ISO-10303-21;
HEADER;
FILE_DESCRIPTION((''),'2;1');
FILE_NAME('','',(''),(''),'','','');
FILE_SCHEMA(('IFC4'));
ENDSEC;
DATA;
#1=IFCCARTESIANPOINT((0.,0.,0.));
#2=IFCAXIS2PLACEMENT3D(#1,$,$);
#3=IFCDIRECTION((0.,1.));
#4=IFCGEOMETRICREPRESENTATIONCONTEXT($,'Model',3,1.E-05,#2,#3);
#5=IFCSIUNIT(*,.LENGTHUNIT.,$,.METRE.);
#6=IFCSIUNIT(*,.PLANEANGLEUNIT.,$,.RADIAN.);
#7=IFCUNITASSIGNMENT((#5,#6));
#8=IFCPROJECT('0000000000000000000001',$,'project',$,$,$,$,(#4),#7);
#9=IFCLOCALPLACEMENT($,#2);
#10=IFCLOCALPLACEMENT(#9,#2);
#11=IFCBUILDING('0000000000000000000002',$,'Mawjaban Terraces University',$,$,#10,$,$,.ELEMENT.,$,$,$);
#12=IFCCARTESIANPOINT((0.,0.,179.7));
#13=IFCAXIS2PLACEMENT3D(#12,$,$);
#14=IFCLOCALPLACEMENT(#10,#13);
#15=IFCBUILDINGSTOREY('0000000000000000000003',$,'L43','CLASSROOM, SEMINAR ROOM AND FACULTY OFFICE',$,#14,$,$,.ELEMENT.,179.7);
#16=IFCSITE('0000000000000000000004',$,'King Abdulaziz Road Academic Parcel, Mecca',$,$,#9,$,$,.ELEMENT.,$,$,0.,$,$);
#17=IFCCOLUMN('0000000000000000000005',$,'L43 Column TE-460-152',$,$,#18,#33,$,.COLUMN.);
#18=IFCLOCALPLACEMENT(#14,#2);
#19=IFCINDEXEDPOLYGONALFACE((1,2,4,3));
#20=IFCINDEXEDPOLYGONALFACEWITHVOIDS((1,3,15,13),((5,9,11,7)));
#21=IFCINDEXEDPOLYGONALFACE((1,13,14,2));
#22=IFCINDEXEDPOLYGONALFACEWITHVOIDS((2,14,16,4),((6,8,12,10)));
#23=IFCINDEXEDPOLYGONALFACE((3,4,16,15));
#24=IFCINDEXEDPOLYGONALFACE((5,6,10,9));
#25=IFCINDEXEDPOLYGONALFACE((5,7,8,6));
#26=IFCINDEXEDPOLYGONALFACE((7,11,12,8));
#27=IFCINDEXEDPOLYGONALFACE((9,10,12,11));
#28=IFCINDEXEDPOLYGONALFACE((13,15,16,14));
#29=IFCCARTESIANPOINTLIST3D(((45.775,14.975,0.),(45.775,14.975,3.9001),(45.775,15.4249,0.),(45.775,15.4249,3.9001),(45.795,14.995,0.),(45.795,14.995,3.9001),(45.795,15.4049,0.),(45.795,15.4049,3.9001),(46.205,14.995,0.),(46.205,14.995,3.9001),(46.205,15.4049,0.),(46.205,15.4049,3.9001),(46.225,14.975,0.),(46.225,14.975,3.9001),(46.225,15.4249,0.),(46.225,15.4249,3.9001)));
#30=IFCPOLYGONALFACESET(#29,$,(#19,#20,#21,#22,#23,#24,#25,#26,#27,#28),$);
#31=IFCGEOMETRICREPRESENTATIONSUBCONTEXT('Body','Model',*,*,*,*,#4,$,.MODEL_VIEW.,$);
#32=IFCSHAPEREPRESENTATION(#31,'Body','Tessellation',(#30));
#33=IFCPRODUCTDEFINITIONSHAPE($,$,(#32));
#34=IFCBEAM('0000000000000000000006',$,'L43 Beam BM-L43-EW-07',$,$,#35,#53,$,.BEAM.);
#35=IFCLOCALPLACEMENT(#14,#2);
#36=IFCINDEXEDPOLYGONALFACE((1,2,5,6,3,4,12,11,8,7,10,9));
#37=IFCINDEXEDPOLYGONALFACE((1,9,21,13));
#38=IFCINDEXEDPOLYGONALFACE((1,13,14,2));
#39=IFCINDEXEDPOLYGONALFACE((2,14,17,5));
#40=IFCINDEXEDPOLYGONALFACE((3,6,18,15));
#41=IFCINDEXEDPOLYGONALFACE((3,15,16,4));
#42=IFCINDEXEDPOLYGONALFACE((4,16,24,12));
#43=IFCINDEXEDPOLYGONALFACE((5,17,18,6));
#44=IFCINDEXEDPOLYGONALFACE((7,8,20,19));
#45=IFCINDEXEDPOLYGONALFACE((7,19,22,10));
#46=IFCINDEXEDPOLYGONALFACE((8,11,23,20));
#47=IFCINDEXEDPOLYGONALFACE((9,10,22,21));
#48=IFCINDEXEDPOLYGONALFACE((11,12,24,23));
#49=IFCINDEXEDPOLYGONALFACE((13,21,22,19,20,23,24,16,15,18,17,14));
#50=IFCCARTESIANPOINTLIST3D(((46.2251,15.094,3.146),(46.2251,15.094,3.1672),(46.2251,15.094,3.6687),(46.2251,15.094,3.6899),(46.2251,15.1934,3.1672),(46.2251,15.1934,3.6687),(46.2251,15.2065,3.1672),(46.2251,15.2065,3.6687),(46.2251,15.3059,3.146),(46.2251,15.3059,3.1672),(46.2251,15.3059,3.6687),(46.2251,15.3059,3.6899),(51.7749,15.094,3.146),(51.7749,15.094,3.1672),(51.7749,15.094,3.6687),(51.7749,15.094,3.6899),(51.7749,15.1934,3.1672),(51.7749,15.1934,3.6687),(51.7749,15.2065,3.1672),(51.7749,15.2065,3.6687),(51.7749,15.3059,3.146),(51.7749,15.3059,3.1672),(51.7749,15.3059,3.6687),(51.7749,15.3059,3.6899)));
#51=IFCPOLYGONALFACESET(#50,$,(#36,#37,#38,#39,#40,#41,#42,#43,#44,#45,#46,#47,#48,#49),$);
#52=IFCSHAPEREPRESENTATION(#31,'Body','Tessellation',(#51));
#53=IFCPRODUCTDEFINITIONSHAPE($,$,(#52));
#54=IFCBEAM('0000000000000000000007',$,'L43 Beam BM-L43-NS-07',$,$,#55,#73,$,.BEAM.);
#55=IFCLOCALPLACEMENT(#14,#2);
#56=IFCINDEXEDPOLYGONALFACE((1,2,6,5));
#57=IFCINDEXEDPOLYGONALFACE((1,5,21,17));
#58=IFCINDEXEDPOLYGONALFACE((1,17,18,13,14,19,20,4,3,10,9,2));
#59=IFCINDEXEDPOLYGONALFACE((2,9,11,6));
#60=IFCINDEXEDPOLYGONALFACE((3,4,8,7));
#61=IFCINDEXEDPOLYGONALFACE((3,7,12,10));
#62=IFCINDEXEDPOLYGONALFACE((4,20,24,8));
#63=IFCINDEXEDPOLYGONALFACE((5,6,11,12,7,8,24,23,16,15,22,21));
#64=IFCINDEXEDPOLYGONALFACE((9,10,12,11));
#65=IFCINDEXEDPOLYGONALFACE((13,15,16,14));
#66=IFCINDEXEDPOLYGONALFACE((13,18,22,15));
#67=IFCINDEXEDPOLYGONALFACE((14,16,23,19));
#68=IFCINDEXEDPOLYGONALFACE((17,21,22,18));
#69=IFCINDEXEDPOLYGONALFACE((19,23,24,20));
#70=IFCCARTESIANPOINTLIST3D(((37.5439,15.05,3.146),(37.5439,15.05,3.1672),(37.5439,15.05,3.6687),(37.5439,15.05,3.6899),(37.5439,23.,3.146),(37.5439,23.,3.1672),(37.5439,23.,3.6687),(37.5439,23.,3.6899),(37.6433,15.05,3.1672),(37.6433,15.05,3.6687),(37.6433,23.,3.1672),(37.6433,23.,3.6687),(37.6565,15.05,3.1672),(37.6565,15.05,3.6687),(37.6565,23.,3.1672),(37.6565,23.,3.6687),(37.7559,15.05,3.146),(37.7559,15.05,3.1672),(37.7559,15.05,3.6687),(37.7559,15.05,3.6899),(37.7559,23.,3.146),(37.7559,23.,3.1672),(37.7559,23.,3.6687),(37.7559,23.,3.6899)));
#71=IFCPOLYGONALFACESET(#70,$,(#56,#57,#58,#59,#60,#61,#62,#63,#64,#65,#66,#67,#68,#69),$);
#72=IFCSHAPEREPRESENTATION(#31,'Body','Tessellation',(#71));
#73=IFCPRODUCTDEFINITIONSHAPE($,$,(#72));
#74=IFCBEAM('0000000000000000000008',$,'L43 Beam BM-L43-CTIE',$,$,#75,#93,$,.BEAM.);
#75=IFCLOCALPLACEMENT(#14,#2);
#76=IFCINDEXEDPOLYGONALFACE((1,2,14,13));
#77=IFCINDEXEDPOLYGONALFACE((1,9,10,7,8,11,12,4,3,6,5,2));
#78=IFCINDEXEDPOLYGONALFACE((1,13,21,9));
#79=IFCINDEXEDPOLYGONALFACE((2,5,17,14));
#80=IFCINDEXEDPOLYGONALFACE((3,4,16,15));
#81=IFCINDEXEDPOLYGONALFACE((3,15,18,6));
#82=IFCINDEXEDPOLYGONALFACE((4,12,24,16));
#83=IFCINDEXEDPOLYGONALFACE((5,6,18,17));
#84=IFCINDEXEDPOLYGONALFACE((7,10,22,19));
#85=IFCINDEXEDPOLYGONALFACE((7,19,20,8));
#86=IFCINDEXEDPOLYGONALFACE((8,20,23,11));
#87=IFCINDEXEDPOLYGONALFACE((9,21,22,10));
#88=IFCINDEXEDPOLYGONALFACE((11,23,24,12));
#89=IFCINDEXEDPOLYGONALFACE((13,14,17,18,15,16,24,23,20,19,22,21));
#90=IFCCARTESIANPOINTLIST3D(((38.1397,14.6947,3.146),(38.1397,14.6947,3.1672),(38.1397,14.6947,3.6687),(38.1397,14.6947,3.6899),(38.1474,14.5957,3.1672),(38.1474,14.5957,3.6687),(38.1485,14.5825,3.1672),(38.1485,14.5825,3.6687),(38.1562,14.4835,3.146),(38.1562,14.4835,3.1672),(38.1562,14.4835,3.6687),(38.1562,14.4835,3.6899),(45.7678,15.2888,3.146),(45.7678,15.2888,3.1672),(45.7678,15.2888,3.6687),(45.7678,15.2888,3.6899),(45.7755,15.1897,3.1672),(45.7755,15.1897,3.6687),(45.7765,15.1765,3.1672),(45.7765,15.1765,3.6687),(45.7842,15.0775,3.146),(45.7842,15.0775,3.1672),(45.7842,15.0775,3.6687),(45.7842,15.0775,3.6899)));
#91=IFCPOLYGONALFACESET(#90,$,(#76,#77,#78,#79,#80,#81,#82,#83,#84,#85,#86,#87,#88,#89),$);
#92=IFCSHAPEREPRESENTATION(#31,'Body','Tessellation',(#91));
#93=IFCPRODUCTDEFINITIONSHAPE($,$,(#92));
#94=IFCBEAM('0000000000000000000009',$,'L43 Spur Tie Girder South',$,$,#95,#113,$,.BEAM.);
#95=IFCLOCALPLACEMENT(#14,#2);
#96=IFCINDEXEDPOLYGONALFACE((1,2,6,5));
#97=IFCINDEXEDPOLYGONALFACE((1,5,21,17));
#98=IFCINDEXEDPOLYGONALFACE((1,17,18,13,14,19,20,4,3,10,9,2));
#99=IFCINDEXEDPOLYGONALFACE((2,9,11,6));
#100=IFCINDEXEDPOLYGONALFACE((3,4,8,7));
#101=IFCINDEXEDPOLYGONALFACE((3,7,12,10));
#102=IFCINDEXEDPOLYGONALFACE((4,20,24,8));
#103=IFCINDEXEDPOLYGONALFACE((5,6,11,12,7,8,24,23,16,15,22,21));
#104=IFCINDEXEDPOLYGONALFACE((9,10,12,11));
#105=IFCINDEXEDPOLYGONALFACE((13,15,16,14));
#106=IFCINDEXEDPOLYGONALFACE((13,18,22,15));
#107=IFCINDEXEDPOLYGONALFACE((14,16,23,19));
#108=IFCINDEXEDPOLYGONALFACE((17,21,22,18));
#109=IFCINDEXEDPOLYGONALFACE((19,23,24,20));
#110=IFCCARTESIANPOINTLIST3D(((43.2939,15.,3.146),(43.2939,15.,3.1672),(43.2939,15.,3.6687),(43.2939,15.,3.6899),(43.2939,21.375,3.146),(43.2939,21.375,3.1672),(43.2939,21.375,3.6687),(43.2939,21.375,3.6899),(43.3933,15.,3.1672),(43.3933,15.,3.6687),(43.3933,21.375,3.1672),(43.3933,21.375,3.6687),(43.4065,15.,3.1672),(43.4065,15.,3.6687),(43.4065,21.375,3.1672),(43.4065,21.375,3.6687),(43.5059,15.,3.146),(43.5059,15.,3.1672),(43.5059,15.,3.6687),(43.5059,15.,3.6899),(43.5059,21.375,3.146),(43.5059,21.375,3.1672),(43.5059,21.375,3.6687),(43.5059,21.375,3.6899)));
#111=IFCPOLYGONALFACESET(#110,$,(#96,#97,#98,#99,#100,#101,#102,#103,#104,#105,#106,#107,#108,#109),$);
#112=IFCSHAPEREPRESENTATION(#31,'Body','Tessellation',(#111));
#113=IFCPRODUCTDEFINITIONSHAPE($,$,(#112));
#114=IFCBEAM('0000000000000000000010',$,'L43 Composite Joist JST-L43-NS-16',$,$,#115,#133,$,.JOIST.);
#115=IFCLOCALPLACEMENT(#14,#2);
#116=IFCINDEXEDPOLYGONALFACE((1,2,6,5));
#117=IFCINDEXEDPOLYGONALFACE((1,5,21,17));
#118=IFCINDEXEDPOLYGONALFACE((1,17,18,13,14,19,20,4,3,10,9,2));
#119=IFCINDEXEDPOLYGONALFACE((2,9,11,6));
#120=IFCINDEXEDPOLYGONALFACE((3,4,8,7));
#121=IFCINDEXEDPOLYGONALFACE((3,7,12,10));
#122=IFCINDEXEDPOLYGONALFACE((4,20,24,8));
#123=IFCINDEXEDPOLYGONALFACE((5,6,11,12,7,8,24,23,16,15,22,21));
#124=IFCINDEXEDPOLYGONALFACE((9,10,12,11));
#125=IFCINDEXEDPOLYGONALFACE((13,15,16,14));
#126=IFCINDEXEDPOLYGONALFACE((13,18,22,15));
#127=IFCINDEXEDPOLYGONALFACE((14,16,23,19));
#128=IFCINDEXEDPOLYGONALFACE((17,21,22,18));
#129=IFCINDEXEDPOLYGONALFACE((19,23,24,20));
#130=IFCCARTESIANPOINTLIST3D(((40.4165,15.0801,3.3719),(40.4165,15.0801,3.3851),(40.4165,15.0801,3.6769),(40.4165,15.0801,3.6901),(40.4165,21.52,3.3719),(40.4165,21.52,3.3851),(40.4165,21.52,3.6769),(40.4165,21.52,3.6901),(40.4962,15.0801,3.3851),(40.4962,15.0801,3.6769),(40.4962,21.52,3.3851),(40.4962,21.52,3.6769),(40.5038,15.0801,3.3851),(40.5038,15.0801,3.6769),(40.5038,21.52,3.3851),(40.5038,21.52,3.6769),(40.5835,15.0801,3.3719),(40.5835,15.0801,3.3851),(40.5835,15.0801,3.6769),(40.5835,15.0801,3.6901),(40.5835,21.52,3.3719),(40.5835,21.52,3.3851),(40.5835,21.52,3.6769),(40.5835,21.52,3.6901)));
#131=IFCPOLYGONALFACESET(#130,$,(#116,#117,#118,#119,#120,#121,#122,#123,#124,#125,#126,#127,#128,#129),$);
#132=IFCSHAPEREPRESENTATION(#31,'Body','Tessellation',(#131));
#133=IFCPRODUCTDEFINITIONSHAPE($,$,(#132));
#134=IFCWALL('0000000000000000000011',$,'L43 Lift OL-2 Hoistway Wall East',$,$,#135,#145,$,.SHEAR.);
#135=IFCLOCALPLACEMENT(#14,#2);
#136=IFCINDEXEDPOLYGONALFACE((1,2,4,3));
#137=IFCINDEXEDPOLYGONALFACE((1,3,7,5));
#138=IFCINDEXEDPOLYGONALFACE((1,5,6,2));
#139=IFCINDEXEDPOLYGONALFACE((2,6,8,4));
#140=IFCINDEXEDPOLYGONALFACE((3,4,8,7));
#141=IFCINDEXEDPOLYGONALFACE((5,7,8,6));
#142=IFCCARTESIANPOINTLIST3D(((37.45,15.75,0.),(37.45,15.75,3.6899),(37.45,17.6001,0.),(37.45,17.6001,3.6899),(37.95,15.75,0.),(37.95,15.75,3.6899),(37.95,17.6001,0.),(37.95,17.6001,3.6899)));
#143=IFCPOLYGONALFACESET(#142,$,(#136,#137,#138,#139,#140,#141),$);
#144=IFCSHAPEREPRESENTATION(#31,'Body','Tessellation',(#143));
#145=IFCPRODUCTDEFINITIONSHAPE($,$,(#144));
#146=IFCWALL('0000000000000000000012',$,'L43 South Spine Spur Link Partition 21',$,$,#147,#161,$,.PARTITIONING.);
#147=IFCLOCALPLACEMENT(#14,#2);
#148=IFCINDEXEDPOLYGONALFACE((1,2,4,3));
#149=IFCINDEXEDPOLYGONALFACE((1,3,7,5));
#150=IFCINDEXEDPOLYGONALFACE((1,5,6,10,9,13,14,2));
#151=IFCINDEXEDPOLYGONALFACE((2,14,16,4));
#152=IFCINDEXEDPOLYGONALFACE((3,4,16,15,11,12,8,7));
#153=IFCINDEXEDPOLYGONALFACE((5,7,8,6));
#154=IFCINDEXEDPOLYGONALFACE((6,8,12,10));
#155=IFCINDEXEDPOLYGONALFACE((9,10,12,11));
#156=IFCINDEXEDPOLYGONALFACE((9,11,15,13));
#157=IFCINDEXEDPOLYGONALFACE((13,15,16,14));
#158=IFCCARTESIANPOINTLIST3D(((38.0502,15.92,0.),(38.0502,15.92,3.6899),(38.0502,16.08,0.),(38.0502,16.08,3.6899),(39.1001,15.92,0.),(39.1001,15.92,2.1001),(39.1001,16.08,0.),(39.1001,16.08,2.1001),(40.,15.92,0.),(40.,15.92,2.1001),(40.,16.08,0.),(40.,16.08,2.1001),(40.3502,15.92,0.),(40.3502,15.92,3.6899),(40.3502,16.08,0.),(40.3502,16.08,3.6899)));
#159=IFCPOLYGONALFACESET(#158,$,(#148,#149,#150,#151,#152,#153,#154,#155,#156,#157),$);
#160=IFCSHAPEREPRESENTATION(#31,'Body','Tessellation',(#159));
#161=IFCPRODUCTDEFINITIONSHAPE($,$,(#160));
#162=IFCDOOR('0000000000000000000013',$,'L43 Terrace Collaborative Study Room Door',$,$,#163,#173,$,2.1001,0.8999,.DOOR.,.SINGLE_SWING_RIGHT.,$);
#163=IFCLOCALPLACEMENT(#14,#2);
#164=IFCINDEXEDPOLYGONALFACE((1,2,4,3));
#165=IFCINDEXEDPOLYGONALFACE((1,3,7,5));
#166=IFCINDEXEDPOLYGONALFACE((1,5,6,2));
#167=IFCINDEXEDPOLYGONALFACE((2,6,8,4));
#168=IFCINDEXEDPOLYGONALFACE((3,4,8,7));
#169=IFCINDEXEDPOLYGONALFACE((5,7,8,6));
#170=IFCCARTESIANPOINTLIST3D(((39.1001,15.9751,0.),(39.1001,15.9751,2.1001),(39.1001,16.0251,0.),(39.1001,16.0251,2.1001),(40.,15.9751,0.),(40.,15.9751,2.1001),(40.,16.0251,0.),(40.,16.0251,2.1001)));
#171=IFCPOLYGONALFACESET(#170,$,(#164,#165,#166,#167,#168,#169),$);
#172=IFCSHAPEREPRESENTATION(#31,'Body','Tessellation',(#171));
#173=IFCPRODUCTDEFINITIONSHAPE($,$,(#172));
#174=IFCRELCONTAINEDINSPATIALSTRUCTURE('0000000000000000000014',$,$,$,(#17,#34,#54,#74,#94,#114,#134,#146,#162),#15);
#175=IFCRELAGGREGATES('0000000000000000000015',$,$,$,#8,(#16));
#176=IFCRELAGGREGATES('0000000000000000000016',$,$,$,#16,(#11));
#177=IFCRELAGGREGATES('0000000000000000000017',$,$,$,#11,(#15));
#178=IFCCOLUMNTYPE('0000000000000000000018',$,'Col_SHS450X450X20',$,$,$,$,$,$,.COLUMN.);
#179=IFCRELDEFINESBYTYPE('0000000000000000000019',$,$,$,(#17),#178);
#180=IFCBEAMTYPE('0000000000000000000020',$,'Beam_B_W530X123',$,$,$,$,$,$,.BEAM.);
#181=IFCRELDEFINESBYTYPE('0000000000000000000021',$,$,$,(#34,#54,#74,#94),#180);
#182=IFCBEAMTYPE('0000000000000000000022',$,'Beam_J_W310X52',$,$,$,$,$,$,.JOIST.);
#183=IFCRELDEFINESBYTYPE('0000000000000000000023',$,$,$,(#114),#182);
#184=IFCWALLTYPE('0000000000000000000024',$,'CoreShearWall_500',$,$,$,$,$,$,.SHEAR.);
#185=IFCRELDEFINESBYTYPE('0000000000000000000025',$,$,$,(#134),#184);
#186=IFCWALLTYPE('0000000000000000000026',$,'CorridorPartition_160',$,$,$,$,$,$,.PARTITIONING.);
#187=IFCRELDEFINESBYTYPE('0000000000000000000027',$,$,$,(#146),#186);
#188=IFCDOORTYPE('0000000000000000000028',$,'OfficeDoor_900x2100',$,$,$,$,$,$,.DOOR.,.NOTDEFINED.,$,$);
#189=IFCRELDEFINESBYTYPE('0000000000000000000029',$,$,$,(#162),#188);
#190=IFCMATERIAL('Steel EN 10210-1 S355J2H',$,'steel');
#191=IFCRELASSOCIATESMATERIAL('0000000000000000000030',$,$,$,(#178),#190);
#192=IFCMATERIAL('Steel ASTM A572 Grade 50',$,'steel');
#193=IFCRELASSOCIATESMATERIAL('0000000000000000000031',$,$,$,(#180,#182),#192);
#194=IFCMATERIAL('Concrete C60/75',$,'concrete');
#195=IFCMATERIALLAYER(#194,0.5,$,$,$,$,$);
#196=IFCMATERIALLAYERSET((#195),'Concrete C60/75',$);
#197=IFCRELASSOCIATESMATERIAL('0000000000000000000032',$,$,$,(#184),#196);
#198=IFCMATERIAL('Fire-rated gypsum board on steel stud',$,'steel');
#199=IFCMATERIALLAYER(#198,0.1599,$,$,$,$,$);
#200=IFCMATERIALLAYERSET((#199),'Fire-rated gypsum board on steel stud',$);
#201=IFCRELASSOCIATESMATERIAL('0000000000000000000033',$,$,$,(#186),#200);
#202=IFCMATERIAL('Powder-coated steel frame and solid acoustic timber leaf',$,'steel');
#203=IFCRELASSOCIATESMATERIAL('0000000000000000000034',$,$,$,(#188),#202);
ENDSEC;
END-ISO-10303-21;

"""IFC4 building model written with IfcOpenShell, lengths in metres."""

from ifc_helpers import new_model, si_unit, direction, frame, frame_2d, origin, origin_2d, place, context, subcontext, project, spatial, rectangle, hollow_rectangle, i_section, extrude, material, layer, layer_set, material_profile, profile_set, type_object, element, fill, save


model = new_model("IFC4")

# Units and contexts
model_context = context("Model", 3, precision=1e-05, world=origin(), true_north=direction((0.0, 1.0)))
body_context = subcontext(model_context, "Body", "Model", "MODEL_VIEW")
ifc_project = project(units=[si_unit("LENGTHUNIT", "METRE"), si_unit("PLANEANGLEUNIT", "RADIAN")], contexts=[model_context])

# Site, building, storey
site_placement = place(None, origin())
site = spatial("IfcSite", under=ifc_project, at=site_placement, Name="King Abdulaziz Road Academic Parcel, Mecca", CompositionType="ELEMENT", RefElevation=0.0)
building_placement = place(site_placement, origin())
building = spatial("IfcBuilding", under=site, at=building_placement, Name="Mawjaban Terraces University", CompositionType="ELEMENT")
storey_placement = place(building_placement, frame((0.0, 0.0, 179.7)))
storey = spatial("IfcBuildingStorey", under=building, at=storey_placement, Name="L43", Description="CLASSROOM, SEMINAR ROOM AND FACULTY OFFICE", CompositionType="ELEMENT", Elevation=179.7)

# Column
ifc_material_1 = material(Name="Steel EN 10210-1 S355J2H", Category="steel")
ifc_material_profile_1 = material_profile(ifc_material_1, hollow_rectangle(XDim=0.45, YDim=0.45, WallThickness=0.02, at=origin_2d()), Name="SHS450X450X20")
ifc_profile_set_1 = profile_set([ifc_material_profile_1], Name="Steel EN 10210-1 S355J2H")
column_type = type_object("IfcColumnType", Name="Col_SHS450X450X20", PredefinedType="COLUMN", material=ifc_profile_set_1)
column_placement = place(storey_placement, frame((46.0, 15.2, 0.0), z_axis=(0.0, 0.0, 1.0), x_axis=(1.0, 0.0, 0.0)))
element("IfcColumn", 1, at=column_placement, inside=storey, type_object=column_type, Name="L43 Column TE-460-152", PredefinedType="COLUMN", context=body_context, shape_type="SweptSolid", body=[
    extrude(hollow_rectangle(XDim=0.45, YDim=0.45, WallThickness=0.02, at=origin_2d()), origin(), (0.0, 0.0, 1.0), 3.9001),
])

# Beams
ifc_material_2 = material(Name="Steel ASTM A572 Grade 50", Category="steel")
ifc_material_profile_2 = material_profile(ifc_material_2, i_section(OverallWidth=0.2119, OverallDepth=0.5439, WebThickness=0.0132, FlangeThickness=0.0212, at=origin_2d()), Name="W530X123")
ifc_profile_set_2 = profile_set([ifc_material_profile_2], Name="Steel ASTM A572 Grade 50")
beam_type_1 = type_object("IfcBeamType", Name="Beam_B_W530X123", PredefinedType="BEAM", material=ifc_profile_set_2)
beam_1_placement = place(storey_placement, frame((46.2251, 15.2, 3.418), z_axis=(1.0, 0.0, 0.0), x_axis=(0.0, 1.0, 0.0)))
element("IfcBeam", 2, at=beam_1_placement, inside=storey, type_object=beam_type_1, Name="L43 Beam BM-L43-EW-07", PredefinedType="BEAM", context=body_context, shape_type="SweptSolid", body=[
    extrude(i_section(OverallWidth=0.2119, OverallDepth=0.5439, WebThickness=0.0132, FlangeThickness=0.0212, at=origin_2d()), origin(), (0.0, 0.0, 1.0), 5.5498),
])
beam_2_placement = place(storey_placement, frame((37.6499, 15.05, 3.418), z_axis=(0.0, 1.0, 0.0), x_axis=(-1.0, 0.0, 0.0)))
element("IfcBeam", 3, at=beam_2_placement, inside=storey, type_object=beam_type_1, Name="L43 Beam BM-L43-NS-07", PredefinedType="BEAM", context=body_context, shape_type="SweptSolid", body=[
    extrude(i_section(OverallWidth=0.2119, OverallDepth=0.5439, WebThickness=0.0132, FlangeThickness=0.0212, at=origin_2d()), origin(), (0.0, 0.0, 1.0), 7.95),
])
beam_3_placement = place(storey_placement, frame((38.1479, 14.5891, 3.418), z_axis=(0.996982, 0.077636, 0.0), x_axis=(-0.077636, 0.996982, 0.0)))
element("IfcBeam", 4, at=beam_3_placement, inside=storey, type_object=beam_type_1, Name="L43 Beam BM-L43-CTIE", PredefinedType="BEAM", context=body_context, shape_type="SweptSolid", body=[
    extrude(i_section(OverallWidth=0.2119, OverallDepth=0.5439, WebThickness=0.0132, FlangeThickness=0.0212, at=origin_2d()), origin(), (0.0, 0.0, 1.0), 7.6511),
])
beam_4_placement = place(storey_placement, frame((43.3999, 15.0, 3.418), z_axis=(0.0, 1.0, 0.0), x_axis=(-1.0, 0.0, 0.0)))
element("IfcBeam", 5, at=beam_4_placement, inside=storey, type_object=beam_type_1, Name="L43 Spur Tie Girder South", PredefinedType="BEAM", context=body_context, shape_type="SweptSolid", body=[
    extrude(i_section(OverallWidth=0.2119, OverallDepth=0.5439, WebThickness=0.0132, FlangeThickness=0.0212, at=origin_2d()), origin(), (0.0, 0.0, 1.0), 6.375),
])
ifc_material_profile_3 = material_profile(ifc_material_2, i_section(OverallWidth=0.167, OverallDepth=0.3181, WebThickness=0.0076, FlangeThickness=0.0132, at=origin_2d()), Name="W310X52")
ifc_profile_set_3 = profile_set([ifc_material_profile_3], Name="Steel ASTM A572 Grade 50")
beam_type_2 = type_object("IfcBeamType", Name="Beam_J_W310X52", PredefinedType="JOIST", material=ifc_profile_set_3)
beam_5_placement = place(storey_placement, frame((40.5, 15.0801, 3.531), z_axis=(0.0, 1.0, 0.0), x_axis=(-1.0, 0.0, 0.0)))
element("IfcBeam", 6, at=beam_5_placement, inside=storey, type_object=beam_type_2, Name="L43 Composite Joist JST-L43-NS-16", PredefinedType="JOIST", context=body_context, shape_type="SweptSolid", body=[
    extrude(i_section(OverallWidth=0.167, OverallDepth=0.3181, WebThickness=0.0076, FlangeThickness=0.0132, at=origin_2d()), origin(), (0.0, 0.0, 1.0), 6.4399),
])

# Wall
ifc_material_3 = material(Name="Concrete C60/75", Category="concrete")
ifc_layer_1 = layer(ifc_material_3, 0.5)
ifc_layer_set_1 = layer_set([ifc_layer_1], Name="Concrete C60/75")
wall_type_1 = type_object("IfcWallType", Name="CoreShearWall_500", PredefinedType="SHEAR", material=ifc_layer_set_1)
wall_1_placement = place(storey_placement, frame((37.7, 15.75, 0.0), z_axis=(0.0, 0.0, 1.0), x_axis=(0.0, 1.0, 0.0)))
element("IfcWall", 7, at=wall_1_placement, inside=storey, type_object=wall_type_1, Name="L43 Lift OL-2 Hoistway Wall East", PredefinedType="SHEAR", context=body_context, shape_type="SweptSolid", body=[
    extrude(rectangle(XDim=1.8501, YDim=0.5, at=frame_2d((0.925, 0.0))), origin(), (0.0, 0.0, 1.0), 3.6899),
])

# Wall, opening, door
ifc_material_4 = material(Name="Fire-rated gypsum board on steel stud", Category="steel")
ifc_layer_2 = layer(ifc_material_4, 0.1599)
ifc_layer_set_2 = layer_set([ifc_layer_2], Name="Fire-rated gypsum board on steel stud")
wall_type_2 = type_object("IfcWallType", Name="CorridorPartition_160", PredefinedType="PARTITIONING", material=ifc_layer_set_2)
wall_2_placement = place(storey_placement, frame((40.3501, 16.0, 0.0), z_axis=(0.0, 0.0, 1.0), x_axis=(-1.0, 0.0, 0.0)))
wall_2 = element("IfcWall", 8, at=wall_2_placement, inside=storey, type_object=wall_type_2, Name="L43 South Spine Spur Link Partition 21", PredefinedType="PARTITIONING", context=body_context, shape_type="SweptSolid", body=[
    extrude(rectangle(XDim=2.3, YDim=0.1599, at=frame_2d((1.1499, 0.0))), origin(), (0.0, 0.0, 1.0), 3.6899),
])
opening_1_placement = place(wall_2_placement, frame((0.3501, 0.0, 0.0)))
opening_1 = element("IfcOpeningElement", 9, at=opening_1_placement, cuts=wall_2, PredefinedType="OPENING", context=body_context, shape_type="SweptSolid", body=[
    extrude(rectangle(XDim=0.8999, YDim=2.1001, at=frame_2d((0.45, 1.05))), frame((0.0, 0.0898, 0.0), z_axis=(0.0, -1.0, 0.0), x_axis=(1.0, 0.0, 0.0)), (0.0, 0.0, 1.0), 0.1799),
])
ifc_material_5 = material(Name="Powder-coated steel frame and solid acoustic timber leaf", Category="steel")
door_type = type_object("IfcDoorType", Name="OfficeDoor_900x2100", OperationType="NOTDEFINED", PredefinedType="DOOR", material=ifc_material_5)
door_placement = place(opening_1_placement, origin())
door = element("IfcDoor", 10, at=door_placement, inside=storey, type_object=door_type, Name="L43 Terrace Collaborative Study Room Door", OperationType="SINGLE_SWING_RIGHT", OverallHeight=2.1001, OverallWidth=0.8999, PredefinedType="DOOR", context=body_context, shape_type="SweptSolid", body=[
    extrude(rectangle(XDim=0.8999, YDim=2.1001, at=frame_2d((0.45, 1.05))), frame((0.0, 0.0249, 0.0), z_axis=(0.0, -1.0, 0.0), x_axis=(1.0, 0.0, 0.0)), (0.0, 0.0, 1.0), 0.05),
])
fill(opening_1, door)

save(model, "model.ifc")
